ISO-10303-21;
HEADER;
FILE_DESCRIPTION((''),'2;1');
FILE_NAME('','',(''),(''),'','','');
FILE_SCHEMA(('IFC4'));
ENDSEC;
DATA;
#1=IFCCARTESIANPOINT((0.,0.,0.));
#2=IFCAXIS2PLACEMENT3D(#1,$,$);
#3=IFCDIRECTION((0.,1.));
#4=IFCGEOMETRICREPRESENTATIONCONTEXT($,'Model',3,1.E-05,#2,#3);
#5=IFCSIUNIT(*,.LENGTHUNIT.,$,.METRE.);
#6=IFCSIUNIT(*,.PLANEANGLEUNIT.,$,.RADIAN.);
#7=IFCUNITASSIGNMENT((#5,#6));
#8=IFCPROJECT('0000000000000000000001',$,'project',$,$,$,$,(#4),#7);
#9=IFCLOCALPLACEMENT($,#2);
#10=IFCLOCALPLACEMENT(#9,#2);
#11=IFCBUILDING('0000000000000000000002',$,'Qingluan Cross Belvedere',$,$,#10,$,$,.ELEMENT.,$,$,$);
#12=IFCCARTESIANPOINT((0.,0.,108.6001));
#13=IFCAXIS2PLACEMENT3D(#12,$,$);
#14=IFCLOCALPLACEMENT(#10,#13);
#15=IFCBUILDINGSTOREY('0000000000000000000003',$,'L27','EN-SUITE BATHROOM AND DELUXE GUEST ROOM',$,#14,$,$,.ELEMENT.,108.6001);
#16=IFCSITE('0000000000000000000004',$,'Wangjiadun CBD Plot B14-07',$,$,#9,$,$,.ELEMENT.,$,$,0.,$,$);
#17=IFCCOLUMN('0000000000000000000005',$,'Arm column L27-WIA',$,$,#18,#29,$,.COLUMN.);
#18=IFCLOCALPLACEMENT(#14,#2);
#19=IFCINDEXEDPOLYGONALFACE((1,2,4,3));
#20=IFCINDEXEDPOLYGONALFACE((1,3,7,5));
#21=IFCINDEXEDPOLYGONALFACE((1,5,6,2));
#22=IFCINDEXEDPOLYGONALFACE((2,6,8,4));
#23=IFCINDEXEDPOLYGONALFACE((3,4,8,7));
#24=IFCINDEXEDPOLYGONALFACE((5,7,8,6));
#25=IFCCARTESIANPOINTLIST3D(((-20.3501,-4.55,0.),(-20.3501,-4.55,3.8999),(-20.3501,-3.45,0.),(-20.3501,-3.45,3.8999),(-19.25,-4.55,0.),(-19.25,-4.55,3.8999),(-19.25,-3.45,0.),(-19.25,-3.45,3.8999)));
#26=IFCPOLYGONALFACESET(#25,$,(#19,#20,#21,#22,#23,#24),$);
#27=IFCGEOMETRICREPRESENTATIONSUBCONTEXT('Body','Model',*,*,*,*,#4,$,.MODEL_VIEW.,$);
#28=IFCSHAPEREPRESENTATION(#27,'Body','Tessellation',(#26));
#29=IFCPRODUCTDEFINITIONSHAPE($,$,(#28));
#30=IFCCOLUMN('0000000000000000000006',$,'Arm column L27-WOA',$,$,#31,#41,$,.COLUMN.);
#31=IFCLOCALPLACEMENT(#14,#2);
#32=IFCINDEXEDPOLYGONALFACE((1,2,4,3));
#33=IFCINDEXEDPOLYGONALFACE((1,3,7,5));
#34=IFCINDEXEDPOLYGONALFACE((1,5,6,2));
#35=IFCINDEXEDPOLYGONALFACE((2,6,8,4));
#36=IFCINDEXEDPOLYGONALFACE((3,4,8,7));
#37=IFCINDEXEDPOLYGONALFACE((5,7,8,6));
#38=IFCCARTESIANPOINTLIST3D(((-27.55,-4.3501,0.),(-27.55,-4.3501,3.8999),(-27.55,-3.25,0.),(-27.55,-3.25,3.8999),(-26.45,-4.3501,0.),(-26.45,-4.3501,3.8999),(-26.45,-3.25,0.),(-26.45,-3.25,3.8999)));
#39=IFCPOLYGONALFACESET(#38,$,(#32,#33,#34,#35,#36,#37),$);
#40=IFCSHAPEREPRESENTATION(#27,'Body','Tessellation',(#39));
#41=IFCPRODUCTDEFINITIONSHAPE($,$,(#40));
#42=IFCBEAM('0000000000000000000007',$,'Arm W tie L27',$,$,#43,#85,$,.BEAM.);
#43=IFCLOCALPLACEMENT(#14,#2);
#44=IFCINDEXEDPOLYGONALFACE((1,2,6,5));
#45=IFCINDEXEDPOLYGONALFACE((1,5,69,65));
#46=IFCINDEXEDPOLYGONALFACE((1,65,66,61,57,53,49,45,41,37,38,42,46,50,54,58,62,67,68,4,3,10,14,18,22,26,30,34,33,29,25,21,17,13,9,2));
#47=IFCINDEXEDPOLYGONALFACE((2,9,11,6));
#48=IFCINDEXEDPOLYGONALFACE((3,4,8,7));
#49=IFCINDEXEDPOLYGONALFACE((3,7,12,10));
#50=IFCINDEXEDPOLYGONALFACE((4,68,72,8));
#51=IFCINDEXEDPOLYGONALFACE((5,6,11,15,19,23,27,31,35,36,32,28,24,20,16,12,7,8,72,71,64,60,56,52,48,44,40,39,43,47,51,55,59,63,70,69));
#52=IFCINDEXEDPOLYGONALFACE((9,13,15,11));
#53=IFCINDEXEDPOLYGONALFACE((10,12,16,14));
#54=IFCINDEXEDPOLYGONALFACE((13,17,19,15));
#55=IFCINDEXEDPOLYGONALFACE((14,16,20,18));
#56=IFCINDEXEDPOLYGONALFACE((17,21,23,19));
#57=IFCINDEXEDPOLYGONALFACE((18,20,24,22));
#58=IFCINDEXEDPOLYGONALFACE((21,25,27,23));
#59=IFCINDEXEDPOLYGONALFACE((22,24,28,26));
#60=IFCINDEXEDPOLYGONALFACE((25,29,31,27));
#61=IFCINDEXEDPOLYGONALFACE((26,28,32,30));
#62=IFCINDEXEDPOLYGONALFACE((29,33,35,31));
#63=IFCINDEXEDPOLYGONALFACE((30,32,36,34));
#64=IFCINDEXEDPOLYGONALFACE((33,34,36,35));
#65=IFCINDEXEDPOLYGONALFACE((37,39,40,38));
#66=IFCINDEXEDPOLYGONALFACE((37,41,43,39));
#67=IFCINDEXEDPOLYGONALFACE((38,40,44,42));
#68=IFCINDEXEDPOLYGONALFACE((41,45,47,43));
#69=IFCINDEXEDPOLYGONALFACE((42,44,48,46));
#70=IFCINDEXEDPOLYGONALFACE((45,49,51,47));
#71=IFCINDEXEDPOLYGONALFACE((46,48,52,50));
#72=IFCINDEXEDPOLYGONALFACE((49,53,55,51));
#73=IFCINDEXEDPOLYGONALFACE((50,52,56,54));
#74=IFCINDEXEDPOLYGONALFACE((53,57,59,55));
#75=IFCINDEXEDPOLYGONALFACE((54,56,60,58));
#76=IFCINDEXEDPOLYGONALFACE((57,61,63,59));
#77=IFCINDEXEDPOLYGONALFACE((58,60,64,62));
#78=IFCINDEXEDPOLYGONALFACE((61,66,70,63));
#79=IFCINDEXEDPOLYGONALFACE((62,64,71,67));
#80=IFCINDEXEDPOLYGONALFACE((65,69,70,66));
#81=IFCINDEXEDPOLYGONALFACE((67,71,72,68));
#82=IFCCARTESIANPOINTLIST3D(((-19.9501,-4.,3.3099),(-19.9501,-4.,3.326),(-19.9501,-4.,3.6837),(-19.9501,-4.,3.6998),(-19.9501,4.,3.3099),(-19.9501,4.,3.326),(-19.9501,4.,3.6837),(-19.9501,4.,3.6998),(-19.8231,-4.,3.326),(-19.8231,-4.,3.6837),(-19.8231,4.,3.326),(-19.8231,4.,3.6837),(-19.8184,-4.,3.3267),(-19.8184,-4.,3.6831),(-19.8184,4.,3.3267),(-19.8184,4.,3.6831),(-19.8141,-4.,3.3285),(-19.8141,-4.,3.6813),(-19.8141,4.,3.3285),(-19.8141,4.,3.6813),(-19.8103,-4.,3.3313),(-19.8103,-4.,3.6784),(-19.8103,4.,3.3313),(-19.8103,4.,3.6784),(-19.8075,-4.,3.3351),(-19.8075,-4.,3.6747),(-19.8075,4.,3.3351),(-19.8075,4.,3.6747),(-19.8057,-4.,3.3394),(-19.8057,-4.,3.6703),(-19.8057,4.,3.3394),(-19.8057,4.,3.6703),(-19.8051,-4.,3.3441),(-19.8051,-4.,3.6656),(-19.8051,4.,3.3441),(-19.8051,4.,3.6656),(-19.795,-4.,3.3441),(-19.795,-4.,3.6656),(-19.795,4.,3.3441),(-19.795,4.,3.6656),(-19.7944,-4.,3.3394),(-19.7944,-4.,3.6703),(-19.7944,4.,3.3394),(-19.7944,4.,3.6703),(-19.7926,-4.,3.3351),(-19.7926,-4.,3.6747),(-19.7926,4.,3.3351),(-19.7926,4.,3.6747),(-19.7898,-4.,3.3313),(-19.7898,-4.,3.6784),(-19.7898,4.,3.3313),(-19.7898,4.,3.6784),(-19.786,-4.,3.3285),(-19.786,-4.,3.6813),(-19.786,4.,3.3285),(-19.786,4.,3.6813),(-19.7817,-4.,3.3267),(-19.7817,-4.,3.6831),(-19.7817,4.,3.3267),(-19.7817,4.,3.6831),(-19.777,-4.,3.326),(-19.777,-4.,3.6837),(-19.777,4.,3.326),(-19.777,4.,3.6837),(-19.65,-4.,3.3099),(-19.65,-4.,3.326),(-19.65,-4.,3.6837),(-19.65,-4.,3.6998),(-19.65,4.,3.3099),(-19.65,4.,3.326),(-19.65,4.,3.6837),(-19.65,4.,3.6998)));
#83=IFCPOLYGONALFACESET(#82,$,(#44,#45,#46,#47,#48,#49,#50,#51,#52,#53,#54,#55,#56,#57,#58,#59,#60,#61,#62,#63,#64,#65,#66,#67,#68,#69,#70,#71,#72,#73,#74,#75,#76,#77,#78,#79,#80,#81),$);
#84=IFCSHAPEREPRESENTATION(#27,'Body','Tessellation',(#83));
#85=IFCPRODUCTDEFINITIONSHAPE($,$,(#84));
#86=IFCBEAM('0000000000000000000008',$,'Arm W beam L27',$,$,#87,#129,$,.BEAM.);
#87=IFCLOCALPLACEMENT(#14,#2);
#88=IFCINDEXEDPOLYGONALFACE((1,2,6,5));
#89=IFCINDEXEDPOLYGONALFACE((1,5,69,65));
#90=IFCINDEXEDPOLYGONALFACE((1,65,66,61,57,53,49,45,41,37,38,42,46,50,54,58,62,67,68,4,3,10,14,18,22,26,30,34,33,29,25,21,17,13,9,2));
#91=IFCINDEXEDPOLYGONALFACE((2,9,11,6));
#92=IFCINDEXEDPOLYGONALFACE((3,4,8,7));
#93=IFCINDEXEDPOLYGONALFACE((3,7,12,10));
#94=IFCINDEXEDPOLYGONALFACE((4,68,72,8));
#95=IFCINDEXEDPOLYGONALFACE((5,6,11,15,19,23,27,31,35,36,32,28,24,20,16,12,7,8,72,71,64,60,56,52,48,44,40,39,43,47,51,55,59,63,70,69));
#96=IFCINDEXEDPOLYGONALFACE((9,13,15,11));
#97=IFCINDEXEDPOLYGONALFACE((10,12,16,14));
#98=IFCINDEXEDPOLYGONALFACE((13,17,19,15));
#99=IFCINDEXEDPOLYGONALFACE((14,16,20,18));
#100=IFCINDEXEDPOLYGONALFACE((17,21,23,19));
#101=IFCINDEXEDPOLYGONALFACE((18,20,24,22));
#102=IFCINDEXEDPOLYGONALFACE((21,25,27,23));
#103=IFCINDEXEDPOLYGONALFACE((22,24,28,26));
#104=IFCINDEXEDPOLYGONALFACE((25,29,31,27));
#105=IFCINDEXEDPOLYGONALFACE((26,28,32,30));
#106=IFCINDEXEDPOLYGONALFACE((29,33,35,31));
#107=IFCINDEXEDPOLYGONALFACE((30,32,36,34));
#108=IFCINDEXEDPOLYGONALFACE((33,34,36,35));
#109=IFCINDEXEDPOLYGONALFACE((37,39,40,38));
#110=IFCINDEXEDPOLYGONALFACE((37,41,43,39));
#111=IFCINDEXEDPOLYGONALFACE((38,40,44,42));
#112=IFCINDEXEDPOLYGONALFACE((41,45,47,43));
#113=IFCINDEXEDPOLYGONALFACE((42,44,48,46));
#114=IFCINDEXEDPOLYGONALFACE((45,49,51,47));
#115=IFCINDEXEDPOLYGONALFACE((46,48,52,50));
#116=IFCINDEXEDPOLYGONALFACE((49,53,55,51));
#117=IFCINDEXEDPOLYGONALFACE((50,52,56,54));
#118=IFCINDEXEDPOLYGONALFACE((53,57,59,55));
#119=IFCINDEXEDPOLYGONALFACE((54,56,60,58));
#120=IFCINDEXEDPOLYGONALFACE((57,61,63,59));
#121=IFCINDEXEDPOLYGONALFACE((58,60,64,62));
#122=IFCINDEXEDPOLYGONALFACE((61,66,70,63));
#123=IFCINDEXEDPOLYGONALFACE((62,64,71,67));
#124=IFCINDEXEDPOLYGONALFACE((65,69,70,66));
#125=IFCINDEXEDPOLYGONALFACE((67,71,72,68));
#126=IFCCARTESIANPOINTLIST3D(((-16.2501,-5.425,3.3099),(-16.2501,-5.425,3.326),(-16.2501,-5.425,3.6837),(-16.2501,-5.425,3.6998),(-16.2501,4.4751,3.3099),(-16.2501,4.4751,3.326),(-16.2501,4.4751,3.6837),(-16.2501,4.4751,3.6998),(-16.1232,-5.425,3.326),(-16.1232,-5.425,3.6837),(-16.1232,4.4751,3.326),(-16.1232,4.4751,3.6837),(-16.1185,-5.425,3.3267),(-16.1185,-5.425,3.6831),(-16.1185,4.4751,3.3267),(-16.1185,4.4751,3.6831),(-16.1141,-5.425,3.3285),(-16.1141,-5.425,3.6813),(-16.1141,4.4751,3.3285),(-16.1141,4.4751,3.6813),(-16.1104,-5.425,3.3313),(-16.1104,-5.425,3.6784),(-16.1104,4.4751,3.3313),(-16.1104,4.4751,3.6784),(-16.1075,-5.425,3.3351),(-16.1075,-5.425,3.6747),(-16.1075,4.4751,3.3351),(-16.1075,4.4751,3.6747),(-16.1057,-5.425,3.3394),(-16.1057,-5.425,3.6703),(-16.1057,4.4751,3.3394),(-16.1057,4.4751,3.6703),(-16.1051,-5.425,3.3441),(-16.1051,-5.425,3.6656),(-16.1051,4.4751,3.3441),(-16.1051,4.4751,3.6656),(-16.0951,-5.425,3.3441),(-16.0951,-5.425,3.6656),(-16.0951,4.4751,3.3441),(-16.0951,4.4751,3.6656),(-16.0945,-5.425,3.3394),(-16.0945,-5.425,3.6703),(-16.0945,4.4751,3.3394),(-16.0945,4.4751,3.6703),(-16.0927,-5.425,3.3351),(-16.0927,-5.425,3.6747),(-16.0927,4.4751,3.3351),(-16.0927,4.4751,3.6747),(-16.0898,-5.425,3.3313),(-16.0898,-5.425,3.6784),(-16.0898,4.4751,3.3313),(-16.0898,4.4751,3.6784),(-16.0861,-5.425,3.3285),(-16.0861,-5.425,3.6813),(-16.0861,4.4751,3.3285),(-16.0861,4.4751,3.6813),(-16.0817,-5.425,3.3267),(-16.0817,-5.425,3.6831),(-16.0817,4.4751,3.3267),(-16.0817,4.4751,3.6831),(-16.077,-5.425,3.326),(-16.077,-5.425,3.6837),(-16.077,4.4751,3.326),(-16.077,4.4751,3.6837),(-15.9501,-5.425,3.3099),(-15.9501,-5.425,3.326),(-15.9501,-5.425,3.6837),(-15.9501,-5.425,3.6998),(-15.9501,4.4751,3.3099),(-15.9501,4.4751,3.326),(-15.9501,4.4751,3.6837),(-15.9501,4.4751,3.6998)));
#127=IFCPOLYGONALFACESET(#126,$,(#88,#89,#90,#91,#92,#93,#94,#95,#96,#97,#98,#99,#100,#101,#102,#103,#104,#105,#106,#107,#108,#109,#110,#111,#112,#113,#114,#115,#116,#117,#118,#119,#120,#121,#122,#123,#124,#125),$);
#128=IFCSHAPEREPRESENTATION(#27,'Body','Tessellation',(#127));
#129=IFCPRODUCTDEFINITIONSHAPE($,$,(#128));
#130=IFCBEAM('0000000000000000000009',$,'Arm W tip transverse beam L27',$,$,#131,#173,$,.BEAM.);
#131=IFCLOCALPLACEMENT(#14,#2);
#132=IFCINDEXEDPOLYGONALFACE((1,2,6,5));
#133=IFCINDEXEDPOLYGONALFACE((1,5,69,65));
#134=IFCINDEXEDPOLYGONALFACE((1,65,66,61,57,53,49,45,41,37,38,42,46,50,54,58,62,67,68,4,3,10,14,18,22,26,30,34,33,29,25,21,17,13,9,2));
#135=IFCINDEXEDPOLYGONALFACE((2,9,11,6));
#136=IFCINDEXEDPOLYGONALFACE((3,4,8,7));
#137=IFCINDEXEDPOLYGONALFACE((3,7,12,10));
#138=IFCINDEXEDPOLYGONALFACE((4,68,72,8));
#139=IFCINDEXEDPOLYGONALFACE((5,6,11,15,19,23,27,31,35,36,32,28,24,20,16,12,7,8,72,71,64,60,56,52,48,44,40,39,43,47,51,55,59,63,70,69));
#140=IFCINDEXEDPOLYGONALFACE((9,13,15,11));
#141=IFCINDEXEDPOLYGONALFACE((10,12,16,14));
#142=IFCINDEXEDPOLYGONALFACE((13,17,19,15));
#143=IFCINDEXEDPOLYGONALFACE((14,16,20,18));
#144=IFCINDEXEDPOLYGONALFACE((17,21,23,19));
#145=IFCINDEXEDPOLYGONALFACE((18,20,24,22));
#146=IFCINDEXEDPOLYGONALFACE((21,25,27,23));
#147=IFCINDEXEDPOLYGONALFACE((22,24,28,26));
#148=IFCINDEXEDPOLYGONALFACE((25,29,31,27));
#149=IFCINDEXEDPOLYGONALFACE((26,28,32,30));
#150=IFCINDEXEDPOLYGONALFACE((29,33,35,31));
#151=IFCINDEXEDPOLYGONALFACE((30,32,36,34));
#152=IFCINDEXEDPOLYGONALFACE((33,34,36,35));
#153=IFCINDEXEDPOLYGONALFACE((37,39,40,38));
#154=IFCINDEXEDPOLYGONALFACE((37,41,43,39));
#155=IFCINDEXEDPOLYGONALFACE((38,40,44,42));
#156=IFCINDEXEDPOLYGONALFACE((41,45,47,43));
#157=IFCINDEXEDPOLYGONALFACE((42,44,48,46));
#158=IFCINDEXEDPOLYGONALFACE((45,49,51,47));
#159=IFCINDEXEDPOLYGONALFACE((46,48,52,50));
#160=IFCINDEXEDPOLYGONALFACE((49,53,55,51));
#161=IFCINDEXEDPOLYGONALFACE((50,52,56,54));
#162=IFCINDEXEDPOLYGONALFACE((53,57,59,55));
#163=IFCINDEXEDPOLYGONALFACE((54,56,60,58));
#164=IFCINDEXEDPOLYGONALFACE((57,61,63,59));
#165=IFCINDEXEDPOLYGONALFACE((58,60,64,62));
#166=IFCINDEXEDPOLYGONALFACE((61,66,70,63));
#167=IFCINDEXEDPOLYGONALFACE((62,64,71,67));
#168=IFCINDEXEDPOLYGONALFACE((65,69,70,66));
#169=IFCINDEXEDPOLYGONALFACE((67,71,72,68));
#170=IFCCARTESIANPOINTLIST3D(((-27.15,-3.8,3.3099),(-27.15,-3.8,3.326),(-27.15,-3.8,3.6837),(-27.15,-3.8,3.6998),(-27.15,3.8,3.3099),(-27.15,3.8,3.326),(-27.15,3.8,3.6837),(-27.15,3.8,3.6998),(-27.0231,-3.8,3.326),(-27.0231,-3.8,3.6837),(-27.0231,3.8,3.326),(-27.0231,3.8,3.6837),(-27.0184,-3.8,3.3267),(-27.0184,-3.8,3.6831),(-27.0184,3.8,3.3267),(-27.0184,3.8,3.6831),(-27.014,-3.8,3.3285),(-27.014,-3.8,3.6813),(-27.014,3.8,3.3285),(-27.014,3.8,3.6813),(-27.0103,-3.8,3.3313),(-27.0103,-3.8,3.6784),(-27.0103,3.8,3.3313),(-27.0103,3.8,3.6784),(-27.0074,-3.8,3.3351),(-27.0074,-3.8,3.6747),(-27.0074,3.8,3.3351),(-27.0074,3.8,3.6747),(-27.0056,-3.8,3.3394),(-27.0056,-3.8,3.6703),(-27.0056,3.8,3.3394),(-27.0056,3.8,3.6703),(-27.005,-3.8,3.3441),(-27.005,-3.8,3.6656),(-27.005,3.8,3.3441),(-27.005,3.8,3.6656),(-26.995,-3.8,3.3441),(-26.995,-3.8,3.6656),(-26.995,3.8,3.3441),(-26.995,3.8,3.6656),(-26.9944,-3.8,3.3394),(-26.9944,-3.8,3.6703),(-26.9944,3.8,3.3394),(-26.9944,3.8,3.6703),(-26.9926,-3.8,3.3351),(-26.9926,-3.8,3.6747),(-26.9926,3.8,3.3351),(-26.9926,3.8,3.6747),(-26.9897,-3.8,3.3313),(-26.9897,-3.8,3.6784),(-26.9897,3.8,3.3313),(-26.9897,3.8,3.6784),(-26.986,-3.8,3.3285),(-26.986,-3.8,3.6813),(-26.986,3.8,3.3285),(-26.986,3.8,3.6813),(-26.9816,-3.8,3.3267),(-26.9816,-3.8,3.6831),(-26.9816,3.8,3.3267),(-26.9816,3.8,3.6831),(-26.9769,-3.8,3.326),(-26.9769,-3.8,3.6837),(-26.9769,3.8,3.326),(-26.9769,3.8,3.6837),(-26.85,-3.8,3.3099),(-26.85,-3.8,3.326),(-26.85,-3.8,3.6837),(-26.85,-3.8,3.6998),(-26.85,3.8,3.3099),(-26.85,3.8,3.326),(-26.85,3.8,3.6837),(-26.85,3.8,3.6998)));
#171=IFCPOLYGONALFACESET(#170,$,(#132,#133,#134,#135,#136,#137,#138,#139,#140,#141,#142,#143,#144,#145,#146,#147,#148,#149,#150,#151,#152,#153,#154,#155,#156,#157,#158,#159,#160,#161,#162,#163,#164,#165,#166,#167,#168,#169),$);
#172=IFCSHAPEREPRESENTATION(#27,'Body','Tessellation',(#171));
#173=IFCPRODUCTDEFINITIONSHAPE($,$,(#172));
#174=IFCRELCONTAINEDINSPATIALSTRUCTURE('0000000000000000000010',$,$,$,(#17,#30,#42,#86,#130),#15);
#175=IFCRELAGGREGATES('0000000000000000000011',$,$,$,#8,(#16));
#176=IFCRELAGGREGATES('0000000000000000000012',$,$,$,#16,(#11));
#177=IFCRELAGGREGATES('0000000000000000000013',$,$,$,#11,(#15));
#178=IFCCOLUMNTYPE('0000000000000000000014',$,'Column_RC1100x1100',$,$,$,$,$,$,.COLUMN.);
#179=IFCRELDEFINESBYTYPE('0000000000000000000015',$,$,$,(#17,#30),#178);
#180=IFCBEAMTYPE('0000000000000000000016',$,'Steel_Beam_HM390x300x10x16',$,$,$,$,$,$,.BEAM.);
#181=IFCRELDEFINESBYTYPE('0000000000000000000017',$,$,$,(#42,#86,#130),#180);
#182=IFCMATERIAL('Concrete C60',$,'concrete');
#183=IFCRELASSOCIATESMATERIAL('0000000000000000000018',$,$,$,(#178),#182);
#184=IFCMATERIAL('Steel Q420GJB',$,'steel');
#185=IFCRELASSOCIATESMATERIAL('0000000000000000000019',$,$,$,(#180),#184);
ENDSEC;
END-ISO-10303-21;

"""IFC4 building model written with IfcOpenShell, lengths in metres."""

from ifc_helpers import new_model, si_unit, direction, frame, origin, origin_2d, place, context, subcontext, project, spatial, rectangle, i_section, extrude, material, material_profile, profile_set, type_object, element, save


model = new_model("IFC4")

# Units and contexts
model_context = context("Model", 3, precision=1e-05, world=origin(), true_north=direction((0.0, 1.0)))
body_context = subcontext(model_context, "Body", "Model", "MODEL_VIEW")
ifc_project = project(units=[si_unit("LENGTHUNIT", "METRE"), si_unit("PLANEANGLEUNIT", "RADIAN")], contexts=[model_context])

# Site, building, storey
site_placement = place(None, origin())
site = spatial("IfcSite", under=ifc_project, at=site_placement, Name="Wangjiadun CBD Plot B14-07", CompositionType="ELEMENT", RefElevation=0.0)
building_placement = place(site_placement, origin())
building = spatial("IfcBuilding", under=site, at=building_placement, Name="Qingluan Cross Belvedere", CompositionType="ELEMENT")
storey_placement = place(building_placement, frame((0.0, 0.0, 108.6001)))
storey = spatial("IfcBuildingStorey", under=building, at=storey_placement, Name="L27", Description="EN-SUITE BATHROOM AND DELUXE GUEST ROOM", CompositionType="ELEMENT", Elevation=108.6001)

# Columns
ifc_material_1 = material(Name="Concrete C60", Category="concrete")
ifc_material_profile_1 = material_profile(ifc_material_1, rectangle(XDim=1.1001, YDim=1.1001, at=origin_2d()), Name="RC1100x1100")
ifc_profile_set_1 = profile_set([ifc_material_profile_1], Name="Concrete C60")
column_type = type_object("IfcColumnType", Name="Column_RC1100x1100", PredefinedType="COLUMN", material=ifc_profile_set_1)
for number, where, z_axis, x_axis, name in (
    (1, (-19.8, -4.0, 0.0), (0.0, 0.0, 1.0), (1.0, 0.0, 0.0), "Arm column L27-WIA"),
    (2, (-27.0, -3.8, 0.0), (0.0, 0.0, 1.0), (1.0, 0.0, 0.0), "Arm column L27-WOA"),
):
    element("IfcColumn", number, at=place(storey_placement, frame(where, z_axis=z_axis, x_axis=x_axis)), inside=storey, type_object=column_type, Name=name, PredefinedType="COLUMN", context=body_context, shape_type="SweptSolid", body=[
        extrude(rectangle(XDim=1.1001, YDim=1.1001, at=origin_2d()), origin(), (0.0, 0.0, 1.0), 3.8999),
    ])

# Beams
ifc_material_2 = material(Name="Steel Q420GJB", Category="steel")
ifc_material_profile_2 = material_profile(ifc_material_2, i_section(OverallWidth=0.3, OverallDepth=0.3899, WebThickness=0.01, FlangeThickness=0.0161, FilletRadius=0.0181, at=origin_2d()), Name="HM390x300x10x16")
ifc_profile_set_2 = profile_set([ifc_material_profile_2], Name="Steel Q420GJB")
beam_type_1 = type_object("IfcBeamType", Name="Steel_Beam_HM390x300x10x16", PredefinedType="BEAM", material=ifc_profile_set_2)
beam_1_placement = place(storey_placement, frame((-19.8, -4.0, 3.5049), z_axis=(0.0, 1.0, 0.0), x_axis=(-1.0, 0.0, 0.0)))
element("IfcBeam", 3, at=beam_1_placement, inside=storey, type_object=beam_type_1, Name="Arm W tie L27", PredefinedType="BEAM", context=body_context, shape_type="SweptSolid", body=[
    extrude(i_section(OverallWidth=0.3, OverallDepth=0.3899, WebThickness=0.01, FlangeThickness=0.0161, FilletRadius=0.0181, at=origin_2d()), origin(), (0.0, 0.0, 1.0), 8.0),
])
beam_2_placement = place(storey_placement, frame((-16.1001, -5.425, 3.5049), z_axis=(0.0, 1.0, 0.0), x_axis=(-1.0, 0.0, 0.0)))
element("IfcBeam", 4, at=beam_2_placement, inside=storey, type_object=beam_type_1, Name="Arm W beam L27", PredefinedType="BEAM", context=body_context, shape_type="SweptSolid", body=[
    extrude(i_section(OverallWidth=0.3, OverallDepth=0.3899, WebThickness=0.01, FlangeThickness=0.0161, FilletRadius=0.0181, at=origin_2d()), origin(), (0.0, 0.0, 1.0), 9.9001),
])
beam_3_placement = place(storey_placement, frame((-27.0, -3.8, 3.5049), z_axis=(0.0, 1.0, 0.0), x_axis=(-1.0, 0.0, 0.0)))
element("IfcBeam", 5, at=beam_3_placement, inside=storey, type_object=beam_type_1, Name="Arm W tip transverse beam L27", PredefinedType="BEAM", context=body_context, shape_type="SweptSolid", body=[
    extrude(i_section(OverallWidth=0.3, OverallDepth=0.3899, WebThickness=0.01, FlangeThickness=0.0161, FilletRadius=0.0181, at=origin_2d()), origin(), (0.0, 0.0, 1.0), 7.6001),
])

save(model, "model.ifc")
